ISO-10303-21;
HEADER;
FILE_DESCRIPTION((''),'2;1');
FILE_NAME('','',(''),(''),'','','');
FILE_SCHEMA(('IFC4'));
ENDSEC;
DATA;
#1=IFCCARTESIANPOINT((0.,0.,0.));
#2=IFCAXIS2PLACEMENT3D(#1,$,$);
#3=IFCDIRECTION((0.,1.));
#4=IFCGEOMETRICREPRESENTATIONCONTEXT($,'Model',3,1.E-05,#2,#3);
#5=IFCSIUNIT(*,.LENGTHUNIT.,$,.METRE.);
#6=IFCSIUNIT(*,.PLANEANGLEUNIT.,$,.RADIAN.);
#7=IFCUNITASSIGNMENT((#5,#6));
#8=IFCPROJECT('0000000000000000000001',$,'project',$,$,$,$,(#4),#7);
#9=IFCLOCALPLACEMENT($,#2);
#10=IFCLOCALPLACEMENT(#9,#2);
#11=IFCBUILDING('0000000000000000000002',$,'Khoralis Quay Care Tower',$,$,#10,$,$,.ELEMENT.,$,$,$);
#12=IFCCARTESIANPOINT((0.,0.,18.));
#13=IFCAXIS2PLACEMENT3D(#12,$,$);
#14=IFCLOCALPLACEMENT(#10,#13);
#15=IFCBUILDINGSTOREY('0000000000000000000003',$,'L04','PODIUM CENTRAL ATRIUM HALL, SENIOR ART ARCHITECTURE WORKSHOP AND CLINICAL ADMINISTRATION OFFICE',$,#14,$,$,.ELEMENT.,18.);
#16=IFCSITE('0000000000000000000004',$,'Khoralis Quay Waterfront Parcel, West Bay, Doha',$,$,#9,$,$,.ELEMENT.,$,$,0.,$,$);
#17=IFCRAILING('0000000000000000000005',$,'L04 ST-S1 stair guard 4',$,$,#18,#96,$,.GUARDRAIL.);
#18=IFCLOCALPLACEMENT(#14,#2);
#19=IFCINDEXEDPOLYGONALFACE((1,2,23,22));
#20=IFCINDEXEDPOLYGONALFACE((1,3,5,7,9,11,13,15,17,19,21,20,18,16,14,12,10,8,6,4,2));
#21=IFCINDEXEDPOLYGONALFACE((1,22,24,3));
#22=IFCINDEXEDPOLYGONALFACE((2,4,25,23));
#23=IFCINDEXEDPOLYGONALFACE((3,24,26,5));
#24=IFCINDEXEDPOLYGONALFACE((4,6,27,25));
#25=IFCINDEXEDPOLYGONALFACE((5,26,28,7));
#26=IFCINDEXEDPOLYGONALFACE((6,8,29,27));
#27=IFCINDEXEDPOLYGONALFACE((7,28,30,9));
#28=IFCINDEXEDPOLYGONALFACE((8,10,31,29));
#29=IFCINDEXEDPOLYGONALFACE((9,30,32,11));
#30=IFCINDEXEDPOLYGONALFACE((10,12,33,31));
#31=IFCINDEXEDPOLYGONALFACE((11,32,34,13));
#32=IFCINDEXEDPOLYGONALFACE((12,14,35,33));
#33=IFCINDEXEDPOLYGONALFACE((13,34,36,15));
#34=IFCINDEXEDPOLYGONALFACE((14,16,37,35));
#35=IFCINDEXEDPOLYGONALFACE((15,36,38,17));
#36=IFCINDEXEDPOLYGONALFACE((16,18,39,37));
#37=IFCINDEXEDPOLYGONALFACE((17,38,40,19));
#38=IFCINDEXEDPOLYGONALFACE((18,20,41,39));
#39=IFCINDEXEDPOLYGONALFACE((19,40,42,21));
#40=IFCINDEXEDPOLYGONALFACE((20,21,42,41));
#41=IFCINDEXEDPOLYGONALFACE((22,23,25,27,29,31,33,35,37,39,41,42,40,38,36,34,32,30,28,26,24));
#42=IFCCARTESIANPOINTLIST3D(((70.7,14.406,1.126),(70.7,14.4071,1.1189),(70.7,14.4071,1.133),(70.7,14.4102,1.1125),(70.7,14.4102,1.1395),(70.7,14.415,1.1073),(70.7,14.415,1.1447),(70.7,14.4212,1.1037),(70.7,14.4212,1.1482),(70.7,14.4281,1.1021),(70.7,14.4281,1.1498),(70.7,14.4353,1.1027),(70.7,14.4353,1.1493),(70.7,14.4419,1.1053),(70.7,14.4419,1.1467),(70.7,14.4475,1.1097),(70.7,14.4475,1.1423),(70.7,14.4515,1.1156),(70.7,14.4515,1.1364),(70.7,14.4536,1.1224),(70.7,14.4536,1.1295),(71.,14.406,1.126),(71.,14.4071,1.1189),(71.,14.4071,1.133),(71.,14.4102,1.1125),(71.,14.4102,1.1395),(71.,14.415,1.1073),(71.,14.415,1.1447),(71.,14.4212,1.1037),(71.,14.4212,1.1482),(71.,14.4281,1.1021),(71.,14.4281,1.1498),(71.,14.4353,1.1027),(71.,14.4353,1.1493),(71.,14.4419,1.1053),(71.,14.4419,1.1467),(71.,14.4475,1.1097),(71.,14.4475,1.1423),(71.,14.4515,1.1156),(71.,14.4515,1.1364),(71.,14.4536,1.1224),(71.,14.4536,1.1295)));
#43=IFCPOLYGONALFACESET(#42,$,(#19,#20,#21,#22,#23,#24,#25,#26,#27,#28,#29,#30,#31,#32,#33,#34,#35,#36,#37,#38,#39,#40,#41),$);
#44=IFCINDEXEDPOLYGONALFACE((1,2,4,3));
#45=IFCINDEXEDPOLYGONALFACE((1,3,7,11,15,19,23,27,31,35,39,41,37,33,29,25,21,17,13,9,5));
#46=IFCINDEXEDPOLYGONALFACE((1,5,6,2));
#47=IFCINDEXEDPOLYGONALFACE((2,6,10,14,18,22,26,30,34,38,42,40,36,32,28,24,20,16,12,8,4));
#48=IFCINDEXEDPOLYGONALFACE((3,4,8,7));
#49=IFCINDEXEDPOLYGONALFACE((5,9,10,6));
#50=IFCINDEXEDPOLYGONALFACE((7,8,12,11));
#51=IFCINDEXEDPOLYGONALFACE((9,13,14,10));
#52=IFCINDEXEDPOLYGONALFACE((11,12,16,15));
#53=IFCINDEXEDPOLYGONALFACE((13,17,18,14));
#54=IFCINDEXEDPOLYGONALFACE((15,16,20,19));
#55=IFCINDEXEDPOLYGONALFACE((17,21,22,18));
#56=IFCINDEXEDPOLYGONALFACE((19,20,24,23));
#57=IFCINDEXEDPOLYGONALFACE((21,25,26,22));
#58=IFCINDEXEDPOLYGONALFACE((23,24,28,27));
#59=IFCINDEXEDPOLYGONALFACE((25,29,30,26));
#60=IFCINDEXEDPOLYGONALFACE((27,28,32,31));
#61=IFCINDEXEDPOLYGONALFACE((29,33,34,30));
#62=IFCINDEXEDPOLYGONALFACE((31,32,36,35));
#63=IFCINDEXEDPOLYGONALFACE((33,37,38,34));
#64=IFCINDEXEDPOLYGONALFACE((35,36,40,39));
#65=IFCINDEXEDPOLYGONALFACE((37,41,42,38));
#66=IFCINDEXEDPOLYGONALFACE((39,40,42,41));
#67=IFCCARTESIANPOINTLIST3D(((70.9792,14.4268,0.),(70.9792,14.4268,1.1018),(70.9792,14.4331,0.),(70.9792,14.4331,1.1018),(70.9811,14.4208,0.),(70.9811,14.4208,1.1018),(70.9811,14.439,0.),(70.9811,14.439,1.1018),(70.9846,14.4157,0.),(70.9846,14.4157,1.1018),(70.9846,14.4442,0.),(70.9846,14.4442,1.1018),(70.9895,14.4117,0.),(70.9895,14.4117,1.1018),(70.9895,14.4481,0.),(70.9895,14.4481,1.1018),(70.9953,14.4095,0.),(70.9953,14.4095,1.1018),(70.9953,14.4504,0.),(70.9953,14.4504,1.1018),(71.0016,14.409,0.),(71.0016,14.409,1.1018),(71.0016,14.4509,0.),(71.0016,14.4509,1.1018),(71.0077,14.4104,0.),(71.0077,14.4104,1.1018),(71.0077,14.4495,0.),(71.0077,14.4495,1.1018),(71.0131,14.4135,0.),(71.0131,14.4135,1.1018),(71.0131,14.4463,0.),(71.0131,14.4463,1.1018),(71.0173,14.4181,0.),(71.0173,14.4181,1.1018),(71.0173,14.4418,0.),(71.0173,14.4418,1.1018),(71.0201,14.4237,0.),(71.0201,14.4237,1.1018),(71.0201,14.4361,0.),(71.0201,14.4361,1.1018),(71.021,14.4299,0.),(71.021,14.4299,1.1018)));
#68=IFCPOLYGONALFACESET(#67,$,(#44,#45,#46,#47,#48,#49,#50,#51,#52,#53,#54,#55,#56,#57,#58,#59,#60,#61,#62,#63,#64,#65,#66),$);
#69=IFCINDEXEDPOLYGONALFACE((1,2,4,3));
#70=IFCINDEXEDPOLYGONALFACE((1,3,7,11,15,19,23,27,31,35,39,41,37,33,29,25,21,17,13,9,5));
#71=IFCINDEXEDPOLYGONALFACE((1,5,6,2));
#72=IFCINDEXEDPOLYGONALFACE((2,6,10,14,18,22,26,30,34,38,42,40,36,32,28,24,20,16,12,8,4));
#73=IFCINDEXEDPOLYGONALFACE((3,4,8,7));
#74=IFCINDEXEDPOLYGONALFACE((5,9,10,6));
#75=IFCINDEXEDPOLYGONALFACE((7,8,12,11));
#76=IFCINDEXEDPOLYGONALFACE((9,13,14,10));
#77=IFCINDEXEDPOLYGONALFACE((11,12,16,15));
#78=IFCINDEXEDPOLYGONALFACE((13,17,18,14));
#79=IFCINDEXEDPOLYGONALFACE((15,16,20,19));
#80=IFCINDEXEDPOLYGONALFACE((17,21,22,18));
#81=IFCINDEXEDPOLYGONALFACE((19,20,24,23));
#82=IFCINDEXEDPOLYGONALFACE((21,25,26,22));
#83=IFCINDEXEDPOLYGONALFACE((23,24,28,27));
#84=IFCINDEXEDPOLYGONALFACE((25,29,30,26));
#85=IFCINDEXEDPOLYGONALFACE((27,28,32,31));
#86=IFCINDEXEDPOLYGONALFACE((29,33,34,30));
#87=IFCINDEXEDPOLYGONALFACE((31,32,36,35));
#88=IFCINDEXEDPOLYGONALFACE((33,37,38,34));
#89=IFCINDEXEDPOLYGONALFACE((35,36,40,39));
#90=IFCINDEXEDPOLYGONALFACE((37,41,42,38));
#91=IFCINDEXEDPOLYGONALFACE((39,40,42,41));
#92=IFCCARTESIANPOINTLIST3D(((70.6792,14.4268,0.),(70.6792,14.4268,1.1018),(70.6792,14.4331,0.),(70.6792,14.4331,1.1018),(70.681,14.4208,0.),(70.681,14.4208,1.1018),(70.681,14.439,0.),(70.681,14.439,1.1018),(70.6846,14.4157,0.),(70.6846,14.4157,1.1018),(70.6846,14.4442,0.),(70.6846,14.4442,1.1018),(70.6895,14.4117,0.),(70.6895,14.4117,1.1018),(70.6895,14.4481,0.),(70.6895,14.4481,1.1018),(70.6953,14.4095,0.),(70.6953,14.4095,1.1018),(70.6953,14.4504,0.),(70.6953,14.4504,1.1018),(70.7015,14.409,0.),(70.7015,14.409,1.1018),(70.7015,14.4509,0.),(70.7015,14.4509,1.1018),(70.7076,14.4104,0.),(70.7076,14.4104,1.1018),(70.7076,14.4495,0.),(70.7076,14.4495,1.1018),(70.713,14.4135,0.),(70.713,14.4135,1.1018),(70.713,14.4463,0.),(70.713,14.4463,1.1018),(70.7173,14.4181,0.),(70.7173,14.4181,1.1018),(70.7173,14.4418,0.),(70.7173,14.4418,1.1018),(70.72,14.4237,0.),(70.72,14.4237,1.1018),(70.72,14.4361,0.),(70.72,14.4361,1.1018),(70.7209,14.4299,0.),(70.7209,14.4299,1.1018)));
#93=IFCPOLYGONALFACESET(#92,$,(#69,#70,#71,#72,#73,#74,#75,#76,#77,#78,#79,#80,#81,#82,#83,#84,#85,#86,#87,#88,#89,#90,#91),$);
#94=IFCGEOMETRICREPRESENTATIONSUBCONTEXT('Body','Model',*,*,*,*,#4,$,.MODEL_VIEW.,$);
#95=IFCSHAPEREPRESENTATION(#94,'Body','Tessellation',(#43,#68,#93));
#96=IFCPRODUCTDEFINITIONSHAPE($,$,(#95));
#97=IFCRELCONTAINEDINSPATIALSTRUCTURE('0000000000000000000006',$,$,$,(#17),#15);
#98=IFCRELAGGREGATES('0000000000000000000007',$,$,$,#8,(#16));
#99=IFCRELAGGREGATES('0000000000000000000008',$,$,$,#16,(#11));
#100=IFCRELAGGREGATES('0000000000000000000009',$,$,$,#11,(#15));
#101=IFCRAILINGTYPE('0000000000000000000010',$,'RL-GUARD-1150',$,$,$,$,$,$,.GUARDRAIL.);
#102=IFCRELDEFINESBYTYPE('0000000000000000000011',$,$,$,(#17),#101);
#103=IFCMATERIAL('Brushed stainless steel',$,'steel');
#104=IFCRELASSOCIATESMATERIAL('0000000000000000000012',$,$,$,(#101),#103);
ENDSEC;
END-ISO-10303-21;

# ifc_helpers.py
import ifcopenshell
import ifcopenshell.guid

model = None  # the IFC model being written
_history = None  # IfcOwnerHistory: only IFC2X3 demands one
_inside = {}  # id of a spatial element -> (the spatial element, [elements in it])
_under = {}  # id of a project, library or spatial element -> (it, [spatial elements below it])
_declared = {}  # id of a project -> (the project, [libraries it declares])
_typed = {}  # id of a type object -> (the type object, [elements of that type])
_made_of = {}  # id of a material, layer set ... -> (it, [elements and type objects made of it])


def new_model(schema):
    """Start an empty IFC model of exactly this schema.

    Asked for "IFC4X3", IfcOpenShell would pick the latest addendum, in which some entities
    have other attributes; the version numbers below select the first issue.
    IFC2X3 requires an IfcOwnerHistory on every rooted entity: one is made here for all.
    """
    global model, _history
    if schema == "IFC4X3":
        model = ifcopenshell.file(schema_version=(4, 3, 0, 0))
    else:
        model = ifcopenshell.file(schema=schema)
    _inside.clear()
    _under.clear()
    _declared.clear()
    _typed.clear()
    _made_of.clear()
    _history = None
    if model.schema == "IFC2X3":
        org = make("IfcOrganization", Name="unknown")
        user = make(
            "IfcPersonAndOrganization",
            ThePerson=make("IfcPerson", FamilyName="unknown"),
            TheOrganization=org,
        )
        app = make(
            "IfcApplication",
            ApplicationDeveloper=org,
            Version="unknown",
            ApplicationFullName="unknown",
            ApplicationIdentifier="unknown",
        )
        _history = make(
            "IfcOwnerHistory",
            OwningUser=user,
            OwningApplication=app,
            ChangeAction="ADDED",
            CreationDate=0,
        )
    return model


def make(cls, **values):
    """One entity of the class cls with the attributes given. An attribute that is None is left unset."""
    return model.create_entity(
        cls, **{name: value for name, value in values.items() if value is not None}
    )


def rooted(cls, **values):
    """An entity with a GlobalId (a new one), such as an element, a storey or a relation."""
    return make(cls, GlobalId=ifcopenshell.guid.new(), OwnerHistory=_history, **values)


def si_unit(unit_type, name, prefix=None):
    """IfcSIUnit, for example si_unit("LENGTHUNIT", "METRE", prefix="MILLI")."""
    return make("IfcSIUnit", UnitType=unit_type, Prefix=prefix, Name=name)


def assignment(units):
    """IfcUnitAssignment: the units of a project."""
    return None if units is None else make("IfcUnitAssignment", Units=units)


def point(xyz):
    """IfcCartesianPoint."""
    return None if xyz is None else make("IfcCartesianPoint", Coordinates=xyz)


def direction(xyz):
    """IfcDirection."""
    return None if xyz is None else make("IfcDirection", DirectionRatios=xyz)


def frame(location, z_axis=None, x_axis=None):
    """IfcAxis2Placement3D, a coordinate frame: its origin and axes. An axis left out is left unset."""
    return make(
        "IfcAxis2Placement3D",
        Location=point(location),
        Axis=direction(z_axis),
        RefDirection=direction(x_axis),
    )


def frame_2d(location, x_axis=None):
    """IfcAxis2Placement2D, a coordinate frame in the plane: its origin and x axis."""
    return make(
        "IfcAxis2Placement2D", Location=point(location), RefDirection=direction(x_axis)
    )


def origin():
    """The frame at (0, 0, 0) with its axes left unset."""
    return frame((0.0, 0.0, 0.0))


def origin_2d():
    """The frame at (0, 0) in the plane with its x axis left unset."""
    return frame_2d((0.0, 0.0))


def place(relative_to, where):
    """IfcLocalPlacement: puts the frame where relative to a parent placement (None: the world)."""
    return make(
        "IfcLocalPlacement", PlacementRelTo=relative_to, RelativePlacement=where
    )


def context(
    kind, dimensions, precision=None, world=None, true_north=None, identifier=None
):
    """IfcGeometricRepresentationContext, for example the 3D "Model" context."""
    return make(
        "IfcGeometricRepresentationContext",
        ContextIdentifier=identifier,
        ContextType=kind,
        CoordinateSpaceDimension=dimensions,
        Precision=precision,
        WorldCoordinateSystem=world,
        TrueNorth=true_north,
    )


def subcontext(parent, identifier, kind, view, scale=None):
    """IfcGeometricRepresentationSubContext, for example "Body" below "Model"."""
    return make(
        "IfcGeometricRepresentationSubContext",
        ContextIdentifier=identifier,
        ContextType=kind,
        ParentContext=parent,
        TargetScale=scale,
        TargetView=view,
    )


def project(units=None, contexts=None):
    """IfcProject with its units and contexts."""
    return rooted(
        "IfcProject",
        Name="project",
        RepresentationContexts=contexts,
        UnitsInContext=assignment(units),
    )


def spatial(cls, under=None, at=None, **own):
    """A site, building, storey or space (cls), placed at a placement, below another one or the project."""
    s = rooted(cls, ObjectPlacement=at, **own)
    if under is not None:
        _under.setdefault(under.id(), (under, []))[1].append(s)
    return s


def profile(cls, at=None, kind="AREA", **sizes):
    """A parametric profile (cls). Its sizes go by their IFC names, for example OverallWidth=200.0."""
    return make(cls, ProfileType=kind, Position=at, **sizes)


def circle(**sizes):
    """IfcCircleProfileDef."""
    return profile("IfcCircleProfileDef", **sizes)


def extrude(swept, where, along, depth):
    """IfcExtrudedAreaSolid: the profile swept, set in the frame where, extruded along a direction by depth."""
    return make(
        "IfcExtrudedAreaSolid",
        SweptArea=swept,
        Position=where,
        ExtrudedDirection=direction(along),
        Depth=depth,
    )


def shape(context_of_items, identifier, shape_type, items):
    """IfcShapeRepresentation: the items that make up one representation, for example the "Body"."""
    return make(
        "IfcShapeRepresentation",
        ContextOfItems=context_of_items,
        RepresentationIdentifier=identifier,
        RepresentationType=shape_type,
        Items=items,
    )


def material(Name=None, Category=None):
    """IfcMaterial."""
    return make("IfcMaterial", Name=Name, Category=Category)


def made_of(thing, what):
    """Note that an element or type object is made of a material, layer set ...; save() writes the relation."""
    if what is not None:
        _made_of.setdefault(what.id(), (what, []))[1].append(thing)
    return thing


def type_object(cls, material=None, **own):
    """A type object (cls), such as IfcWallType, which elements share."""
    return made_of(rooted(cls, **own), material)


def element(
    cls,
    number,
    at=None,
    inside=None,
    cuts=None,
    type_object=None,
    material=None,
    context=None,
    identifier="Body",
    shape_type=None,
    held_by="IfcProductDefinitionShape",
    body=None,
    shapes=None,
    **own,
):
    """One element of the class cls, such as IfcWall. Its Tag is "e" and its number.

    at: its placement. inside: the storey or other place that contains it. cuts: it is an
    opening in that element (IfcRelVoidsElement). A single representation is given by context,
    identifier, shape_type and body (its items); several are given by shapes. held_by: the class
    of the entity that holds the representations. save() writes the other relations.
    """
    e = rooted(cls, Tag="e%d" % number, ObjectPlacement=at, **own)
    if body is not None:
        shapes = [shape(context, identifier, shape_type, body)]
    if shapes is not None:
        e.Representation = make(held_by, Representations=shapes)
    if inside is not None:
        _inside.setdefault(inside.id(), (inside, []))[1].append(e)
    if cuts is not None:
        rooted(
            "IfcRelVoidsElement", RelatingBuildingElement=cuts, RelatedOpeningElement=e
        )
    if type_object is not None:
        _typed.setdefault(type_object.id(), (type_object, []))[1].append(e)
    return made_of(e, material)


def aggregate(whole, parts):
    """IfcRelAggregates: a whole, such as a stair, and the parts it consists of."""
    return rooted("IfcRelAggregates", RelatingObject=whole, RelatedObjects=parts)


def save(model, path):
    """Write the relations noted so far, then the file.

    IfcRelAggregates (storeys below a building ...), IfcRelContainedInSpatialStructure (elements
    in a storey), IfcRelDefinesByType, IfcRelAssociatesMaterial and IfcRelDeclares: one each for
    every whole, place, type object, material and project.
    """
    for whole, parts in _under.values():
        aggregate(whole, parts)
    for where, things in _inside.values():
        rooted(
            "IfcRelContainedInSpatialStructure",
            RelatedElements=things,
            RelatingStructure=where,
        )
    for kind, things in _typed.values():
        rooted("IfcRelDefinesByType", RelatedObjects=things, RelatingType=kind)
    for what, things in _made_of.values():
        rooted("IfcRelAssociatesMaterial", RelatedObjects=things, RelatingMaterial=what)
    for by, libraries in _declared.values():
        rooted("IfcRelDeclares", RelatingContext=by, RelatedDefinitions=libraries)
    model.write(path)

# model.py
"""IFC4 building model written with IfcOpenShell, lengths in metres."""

from ifc_helpers import new_model, si_unit, direction, frame, origin, origin_2d, place, context, subcontext, project, spatial, circle, extrude, material, type_object, element, save


model = new_model("IFC4")

# Units and contexts
model_context = context("Model", 3, precision=1e-05, world=origin(), true_north=direction((0.0, 1.0)))
body_context = subcontext(model_context, "Body", "Model", "MODEL_VIEW")
ifc_project = project(units=[si_unit("LENGTHUNIT", "METRE"), si_unit("PLANEANGLEUNIT", "RADIAN")], contexts=[model_context])

# Site, building, storey
site_placement = place(None, origin())
site = spatial("IfcSite", under=ifc_project, at=site_placement, Name="Khoralis Quay Waterfront Parcel, West Bay, Doha", CompositionType="ELEMENT", RefElevation=0.0)
building_placement = place(site_placement, origin())
building = spatial("IfcBuilding", under=site, at=building_placement, Name="Khoralis Quay Care Tower", CompositionType="ELEMENT")
storey_placement = place(building_placement, frame((0.0, 0.0, 18.0)))
storey = spatial("IfcBuildingStorey", under=building, at=storey_placement, Name="L04", Description="PODIUM CENTRAL ATRIUM HALL, SENIOR ART ARCHITECTURE WORKSHOP AND CLINICAL ADMINISTRATION OFFICE", CompositionType="ELEMENT", Elevation=18.0)

# Railing
ifc_material_1 = material(Name="Brushed stainless steel", Category="steel")
railing_type_1 = type_object("IfcRailingType", Name="RL-GUARD-1150", PredefinedType="GUARDRAIL", material=ifc_material_1)
railing_1_placement = place(storey_placement, frame((71.0, 14.4299, 0.0)))
element("IfcRailing", 1, at=railing_1_placement, inside=storey, type_object=railing_type_1, Name="L04 ST-S1 stair guard 4", PredefinedType="GUARDRAIL", context=body_context, shape_type="SweptSolid", body=[
    extrude(circle(Radius=0.0239, at=origin_2d()), frame((0.0, 0.0, 1.126), z_axis=(-1.0, 0.0, 0.0), x_axis=(0.0, -1.0, 0.0)), (0.0, 0.0, 1.0), 0.3),
    extrude(circle(Radius=0.021, at=origin_2d()), origin(), (0.0, 0.0, 1.0), 1.1018),
    extrude(circle(Radius=0.021, at=origin_2d()), frame((-0.3, 0.0, 0.0)), (0.0, 0.0, 1.0), 1.1018),
])

save(model, "model.ifc")
